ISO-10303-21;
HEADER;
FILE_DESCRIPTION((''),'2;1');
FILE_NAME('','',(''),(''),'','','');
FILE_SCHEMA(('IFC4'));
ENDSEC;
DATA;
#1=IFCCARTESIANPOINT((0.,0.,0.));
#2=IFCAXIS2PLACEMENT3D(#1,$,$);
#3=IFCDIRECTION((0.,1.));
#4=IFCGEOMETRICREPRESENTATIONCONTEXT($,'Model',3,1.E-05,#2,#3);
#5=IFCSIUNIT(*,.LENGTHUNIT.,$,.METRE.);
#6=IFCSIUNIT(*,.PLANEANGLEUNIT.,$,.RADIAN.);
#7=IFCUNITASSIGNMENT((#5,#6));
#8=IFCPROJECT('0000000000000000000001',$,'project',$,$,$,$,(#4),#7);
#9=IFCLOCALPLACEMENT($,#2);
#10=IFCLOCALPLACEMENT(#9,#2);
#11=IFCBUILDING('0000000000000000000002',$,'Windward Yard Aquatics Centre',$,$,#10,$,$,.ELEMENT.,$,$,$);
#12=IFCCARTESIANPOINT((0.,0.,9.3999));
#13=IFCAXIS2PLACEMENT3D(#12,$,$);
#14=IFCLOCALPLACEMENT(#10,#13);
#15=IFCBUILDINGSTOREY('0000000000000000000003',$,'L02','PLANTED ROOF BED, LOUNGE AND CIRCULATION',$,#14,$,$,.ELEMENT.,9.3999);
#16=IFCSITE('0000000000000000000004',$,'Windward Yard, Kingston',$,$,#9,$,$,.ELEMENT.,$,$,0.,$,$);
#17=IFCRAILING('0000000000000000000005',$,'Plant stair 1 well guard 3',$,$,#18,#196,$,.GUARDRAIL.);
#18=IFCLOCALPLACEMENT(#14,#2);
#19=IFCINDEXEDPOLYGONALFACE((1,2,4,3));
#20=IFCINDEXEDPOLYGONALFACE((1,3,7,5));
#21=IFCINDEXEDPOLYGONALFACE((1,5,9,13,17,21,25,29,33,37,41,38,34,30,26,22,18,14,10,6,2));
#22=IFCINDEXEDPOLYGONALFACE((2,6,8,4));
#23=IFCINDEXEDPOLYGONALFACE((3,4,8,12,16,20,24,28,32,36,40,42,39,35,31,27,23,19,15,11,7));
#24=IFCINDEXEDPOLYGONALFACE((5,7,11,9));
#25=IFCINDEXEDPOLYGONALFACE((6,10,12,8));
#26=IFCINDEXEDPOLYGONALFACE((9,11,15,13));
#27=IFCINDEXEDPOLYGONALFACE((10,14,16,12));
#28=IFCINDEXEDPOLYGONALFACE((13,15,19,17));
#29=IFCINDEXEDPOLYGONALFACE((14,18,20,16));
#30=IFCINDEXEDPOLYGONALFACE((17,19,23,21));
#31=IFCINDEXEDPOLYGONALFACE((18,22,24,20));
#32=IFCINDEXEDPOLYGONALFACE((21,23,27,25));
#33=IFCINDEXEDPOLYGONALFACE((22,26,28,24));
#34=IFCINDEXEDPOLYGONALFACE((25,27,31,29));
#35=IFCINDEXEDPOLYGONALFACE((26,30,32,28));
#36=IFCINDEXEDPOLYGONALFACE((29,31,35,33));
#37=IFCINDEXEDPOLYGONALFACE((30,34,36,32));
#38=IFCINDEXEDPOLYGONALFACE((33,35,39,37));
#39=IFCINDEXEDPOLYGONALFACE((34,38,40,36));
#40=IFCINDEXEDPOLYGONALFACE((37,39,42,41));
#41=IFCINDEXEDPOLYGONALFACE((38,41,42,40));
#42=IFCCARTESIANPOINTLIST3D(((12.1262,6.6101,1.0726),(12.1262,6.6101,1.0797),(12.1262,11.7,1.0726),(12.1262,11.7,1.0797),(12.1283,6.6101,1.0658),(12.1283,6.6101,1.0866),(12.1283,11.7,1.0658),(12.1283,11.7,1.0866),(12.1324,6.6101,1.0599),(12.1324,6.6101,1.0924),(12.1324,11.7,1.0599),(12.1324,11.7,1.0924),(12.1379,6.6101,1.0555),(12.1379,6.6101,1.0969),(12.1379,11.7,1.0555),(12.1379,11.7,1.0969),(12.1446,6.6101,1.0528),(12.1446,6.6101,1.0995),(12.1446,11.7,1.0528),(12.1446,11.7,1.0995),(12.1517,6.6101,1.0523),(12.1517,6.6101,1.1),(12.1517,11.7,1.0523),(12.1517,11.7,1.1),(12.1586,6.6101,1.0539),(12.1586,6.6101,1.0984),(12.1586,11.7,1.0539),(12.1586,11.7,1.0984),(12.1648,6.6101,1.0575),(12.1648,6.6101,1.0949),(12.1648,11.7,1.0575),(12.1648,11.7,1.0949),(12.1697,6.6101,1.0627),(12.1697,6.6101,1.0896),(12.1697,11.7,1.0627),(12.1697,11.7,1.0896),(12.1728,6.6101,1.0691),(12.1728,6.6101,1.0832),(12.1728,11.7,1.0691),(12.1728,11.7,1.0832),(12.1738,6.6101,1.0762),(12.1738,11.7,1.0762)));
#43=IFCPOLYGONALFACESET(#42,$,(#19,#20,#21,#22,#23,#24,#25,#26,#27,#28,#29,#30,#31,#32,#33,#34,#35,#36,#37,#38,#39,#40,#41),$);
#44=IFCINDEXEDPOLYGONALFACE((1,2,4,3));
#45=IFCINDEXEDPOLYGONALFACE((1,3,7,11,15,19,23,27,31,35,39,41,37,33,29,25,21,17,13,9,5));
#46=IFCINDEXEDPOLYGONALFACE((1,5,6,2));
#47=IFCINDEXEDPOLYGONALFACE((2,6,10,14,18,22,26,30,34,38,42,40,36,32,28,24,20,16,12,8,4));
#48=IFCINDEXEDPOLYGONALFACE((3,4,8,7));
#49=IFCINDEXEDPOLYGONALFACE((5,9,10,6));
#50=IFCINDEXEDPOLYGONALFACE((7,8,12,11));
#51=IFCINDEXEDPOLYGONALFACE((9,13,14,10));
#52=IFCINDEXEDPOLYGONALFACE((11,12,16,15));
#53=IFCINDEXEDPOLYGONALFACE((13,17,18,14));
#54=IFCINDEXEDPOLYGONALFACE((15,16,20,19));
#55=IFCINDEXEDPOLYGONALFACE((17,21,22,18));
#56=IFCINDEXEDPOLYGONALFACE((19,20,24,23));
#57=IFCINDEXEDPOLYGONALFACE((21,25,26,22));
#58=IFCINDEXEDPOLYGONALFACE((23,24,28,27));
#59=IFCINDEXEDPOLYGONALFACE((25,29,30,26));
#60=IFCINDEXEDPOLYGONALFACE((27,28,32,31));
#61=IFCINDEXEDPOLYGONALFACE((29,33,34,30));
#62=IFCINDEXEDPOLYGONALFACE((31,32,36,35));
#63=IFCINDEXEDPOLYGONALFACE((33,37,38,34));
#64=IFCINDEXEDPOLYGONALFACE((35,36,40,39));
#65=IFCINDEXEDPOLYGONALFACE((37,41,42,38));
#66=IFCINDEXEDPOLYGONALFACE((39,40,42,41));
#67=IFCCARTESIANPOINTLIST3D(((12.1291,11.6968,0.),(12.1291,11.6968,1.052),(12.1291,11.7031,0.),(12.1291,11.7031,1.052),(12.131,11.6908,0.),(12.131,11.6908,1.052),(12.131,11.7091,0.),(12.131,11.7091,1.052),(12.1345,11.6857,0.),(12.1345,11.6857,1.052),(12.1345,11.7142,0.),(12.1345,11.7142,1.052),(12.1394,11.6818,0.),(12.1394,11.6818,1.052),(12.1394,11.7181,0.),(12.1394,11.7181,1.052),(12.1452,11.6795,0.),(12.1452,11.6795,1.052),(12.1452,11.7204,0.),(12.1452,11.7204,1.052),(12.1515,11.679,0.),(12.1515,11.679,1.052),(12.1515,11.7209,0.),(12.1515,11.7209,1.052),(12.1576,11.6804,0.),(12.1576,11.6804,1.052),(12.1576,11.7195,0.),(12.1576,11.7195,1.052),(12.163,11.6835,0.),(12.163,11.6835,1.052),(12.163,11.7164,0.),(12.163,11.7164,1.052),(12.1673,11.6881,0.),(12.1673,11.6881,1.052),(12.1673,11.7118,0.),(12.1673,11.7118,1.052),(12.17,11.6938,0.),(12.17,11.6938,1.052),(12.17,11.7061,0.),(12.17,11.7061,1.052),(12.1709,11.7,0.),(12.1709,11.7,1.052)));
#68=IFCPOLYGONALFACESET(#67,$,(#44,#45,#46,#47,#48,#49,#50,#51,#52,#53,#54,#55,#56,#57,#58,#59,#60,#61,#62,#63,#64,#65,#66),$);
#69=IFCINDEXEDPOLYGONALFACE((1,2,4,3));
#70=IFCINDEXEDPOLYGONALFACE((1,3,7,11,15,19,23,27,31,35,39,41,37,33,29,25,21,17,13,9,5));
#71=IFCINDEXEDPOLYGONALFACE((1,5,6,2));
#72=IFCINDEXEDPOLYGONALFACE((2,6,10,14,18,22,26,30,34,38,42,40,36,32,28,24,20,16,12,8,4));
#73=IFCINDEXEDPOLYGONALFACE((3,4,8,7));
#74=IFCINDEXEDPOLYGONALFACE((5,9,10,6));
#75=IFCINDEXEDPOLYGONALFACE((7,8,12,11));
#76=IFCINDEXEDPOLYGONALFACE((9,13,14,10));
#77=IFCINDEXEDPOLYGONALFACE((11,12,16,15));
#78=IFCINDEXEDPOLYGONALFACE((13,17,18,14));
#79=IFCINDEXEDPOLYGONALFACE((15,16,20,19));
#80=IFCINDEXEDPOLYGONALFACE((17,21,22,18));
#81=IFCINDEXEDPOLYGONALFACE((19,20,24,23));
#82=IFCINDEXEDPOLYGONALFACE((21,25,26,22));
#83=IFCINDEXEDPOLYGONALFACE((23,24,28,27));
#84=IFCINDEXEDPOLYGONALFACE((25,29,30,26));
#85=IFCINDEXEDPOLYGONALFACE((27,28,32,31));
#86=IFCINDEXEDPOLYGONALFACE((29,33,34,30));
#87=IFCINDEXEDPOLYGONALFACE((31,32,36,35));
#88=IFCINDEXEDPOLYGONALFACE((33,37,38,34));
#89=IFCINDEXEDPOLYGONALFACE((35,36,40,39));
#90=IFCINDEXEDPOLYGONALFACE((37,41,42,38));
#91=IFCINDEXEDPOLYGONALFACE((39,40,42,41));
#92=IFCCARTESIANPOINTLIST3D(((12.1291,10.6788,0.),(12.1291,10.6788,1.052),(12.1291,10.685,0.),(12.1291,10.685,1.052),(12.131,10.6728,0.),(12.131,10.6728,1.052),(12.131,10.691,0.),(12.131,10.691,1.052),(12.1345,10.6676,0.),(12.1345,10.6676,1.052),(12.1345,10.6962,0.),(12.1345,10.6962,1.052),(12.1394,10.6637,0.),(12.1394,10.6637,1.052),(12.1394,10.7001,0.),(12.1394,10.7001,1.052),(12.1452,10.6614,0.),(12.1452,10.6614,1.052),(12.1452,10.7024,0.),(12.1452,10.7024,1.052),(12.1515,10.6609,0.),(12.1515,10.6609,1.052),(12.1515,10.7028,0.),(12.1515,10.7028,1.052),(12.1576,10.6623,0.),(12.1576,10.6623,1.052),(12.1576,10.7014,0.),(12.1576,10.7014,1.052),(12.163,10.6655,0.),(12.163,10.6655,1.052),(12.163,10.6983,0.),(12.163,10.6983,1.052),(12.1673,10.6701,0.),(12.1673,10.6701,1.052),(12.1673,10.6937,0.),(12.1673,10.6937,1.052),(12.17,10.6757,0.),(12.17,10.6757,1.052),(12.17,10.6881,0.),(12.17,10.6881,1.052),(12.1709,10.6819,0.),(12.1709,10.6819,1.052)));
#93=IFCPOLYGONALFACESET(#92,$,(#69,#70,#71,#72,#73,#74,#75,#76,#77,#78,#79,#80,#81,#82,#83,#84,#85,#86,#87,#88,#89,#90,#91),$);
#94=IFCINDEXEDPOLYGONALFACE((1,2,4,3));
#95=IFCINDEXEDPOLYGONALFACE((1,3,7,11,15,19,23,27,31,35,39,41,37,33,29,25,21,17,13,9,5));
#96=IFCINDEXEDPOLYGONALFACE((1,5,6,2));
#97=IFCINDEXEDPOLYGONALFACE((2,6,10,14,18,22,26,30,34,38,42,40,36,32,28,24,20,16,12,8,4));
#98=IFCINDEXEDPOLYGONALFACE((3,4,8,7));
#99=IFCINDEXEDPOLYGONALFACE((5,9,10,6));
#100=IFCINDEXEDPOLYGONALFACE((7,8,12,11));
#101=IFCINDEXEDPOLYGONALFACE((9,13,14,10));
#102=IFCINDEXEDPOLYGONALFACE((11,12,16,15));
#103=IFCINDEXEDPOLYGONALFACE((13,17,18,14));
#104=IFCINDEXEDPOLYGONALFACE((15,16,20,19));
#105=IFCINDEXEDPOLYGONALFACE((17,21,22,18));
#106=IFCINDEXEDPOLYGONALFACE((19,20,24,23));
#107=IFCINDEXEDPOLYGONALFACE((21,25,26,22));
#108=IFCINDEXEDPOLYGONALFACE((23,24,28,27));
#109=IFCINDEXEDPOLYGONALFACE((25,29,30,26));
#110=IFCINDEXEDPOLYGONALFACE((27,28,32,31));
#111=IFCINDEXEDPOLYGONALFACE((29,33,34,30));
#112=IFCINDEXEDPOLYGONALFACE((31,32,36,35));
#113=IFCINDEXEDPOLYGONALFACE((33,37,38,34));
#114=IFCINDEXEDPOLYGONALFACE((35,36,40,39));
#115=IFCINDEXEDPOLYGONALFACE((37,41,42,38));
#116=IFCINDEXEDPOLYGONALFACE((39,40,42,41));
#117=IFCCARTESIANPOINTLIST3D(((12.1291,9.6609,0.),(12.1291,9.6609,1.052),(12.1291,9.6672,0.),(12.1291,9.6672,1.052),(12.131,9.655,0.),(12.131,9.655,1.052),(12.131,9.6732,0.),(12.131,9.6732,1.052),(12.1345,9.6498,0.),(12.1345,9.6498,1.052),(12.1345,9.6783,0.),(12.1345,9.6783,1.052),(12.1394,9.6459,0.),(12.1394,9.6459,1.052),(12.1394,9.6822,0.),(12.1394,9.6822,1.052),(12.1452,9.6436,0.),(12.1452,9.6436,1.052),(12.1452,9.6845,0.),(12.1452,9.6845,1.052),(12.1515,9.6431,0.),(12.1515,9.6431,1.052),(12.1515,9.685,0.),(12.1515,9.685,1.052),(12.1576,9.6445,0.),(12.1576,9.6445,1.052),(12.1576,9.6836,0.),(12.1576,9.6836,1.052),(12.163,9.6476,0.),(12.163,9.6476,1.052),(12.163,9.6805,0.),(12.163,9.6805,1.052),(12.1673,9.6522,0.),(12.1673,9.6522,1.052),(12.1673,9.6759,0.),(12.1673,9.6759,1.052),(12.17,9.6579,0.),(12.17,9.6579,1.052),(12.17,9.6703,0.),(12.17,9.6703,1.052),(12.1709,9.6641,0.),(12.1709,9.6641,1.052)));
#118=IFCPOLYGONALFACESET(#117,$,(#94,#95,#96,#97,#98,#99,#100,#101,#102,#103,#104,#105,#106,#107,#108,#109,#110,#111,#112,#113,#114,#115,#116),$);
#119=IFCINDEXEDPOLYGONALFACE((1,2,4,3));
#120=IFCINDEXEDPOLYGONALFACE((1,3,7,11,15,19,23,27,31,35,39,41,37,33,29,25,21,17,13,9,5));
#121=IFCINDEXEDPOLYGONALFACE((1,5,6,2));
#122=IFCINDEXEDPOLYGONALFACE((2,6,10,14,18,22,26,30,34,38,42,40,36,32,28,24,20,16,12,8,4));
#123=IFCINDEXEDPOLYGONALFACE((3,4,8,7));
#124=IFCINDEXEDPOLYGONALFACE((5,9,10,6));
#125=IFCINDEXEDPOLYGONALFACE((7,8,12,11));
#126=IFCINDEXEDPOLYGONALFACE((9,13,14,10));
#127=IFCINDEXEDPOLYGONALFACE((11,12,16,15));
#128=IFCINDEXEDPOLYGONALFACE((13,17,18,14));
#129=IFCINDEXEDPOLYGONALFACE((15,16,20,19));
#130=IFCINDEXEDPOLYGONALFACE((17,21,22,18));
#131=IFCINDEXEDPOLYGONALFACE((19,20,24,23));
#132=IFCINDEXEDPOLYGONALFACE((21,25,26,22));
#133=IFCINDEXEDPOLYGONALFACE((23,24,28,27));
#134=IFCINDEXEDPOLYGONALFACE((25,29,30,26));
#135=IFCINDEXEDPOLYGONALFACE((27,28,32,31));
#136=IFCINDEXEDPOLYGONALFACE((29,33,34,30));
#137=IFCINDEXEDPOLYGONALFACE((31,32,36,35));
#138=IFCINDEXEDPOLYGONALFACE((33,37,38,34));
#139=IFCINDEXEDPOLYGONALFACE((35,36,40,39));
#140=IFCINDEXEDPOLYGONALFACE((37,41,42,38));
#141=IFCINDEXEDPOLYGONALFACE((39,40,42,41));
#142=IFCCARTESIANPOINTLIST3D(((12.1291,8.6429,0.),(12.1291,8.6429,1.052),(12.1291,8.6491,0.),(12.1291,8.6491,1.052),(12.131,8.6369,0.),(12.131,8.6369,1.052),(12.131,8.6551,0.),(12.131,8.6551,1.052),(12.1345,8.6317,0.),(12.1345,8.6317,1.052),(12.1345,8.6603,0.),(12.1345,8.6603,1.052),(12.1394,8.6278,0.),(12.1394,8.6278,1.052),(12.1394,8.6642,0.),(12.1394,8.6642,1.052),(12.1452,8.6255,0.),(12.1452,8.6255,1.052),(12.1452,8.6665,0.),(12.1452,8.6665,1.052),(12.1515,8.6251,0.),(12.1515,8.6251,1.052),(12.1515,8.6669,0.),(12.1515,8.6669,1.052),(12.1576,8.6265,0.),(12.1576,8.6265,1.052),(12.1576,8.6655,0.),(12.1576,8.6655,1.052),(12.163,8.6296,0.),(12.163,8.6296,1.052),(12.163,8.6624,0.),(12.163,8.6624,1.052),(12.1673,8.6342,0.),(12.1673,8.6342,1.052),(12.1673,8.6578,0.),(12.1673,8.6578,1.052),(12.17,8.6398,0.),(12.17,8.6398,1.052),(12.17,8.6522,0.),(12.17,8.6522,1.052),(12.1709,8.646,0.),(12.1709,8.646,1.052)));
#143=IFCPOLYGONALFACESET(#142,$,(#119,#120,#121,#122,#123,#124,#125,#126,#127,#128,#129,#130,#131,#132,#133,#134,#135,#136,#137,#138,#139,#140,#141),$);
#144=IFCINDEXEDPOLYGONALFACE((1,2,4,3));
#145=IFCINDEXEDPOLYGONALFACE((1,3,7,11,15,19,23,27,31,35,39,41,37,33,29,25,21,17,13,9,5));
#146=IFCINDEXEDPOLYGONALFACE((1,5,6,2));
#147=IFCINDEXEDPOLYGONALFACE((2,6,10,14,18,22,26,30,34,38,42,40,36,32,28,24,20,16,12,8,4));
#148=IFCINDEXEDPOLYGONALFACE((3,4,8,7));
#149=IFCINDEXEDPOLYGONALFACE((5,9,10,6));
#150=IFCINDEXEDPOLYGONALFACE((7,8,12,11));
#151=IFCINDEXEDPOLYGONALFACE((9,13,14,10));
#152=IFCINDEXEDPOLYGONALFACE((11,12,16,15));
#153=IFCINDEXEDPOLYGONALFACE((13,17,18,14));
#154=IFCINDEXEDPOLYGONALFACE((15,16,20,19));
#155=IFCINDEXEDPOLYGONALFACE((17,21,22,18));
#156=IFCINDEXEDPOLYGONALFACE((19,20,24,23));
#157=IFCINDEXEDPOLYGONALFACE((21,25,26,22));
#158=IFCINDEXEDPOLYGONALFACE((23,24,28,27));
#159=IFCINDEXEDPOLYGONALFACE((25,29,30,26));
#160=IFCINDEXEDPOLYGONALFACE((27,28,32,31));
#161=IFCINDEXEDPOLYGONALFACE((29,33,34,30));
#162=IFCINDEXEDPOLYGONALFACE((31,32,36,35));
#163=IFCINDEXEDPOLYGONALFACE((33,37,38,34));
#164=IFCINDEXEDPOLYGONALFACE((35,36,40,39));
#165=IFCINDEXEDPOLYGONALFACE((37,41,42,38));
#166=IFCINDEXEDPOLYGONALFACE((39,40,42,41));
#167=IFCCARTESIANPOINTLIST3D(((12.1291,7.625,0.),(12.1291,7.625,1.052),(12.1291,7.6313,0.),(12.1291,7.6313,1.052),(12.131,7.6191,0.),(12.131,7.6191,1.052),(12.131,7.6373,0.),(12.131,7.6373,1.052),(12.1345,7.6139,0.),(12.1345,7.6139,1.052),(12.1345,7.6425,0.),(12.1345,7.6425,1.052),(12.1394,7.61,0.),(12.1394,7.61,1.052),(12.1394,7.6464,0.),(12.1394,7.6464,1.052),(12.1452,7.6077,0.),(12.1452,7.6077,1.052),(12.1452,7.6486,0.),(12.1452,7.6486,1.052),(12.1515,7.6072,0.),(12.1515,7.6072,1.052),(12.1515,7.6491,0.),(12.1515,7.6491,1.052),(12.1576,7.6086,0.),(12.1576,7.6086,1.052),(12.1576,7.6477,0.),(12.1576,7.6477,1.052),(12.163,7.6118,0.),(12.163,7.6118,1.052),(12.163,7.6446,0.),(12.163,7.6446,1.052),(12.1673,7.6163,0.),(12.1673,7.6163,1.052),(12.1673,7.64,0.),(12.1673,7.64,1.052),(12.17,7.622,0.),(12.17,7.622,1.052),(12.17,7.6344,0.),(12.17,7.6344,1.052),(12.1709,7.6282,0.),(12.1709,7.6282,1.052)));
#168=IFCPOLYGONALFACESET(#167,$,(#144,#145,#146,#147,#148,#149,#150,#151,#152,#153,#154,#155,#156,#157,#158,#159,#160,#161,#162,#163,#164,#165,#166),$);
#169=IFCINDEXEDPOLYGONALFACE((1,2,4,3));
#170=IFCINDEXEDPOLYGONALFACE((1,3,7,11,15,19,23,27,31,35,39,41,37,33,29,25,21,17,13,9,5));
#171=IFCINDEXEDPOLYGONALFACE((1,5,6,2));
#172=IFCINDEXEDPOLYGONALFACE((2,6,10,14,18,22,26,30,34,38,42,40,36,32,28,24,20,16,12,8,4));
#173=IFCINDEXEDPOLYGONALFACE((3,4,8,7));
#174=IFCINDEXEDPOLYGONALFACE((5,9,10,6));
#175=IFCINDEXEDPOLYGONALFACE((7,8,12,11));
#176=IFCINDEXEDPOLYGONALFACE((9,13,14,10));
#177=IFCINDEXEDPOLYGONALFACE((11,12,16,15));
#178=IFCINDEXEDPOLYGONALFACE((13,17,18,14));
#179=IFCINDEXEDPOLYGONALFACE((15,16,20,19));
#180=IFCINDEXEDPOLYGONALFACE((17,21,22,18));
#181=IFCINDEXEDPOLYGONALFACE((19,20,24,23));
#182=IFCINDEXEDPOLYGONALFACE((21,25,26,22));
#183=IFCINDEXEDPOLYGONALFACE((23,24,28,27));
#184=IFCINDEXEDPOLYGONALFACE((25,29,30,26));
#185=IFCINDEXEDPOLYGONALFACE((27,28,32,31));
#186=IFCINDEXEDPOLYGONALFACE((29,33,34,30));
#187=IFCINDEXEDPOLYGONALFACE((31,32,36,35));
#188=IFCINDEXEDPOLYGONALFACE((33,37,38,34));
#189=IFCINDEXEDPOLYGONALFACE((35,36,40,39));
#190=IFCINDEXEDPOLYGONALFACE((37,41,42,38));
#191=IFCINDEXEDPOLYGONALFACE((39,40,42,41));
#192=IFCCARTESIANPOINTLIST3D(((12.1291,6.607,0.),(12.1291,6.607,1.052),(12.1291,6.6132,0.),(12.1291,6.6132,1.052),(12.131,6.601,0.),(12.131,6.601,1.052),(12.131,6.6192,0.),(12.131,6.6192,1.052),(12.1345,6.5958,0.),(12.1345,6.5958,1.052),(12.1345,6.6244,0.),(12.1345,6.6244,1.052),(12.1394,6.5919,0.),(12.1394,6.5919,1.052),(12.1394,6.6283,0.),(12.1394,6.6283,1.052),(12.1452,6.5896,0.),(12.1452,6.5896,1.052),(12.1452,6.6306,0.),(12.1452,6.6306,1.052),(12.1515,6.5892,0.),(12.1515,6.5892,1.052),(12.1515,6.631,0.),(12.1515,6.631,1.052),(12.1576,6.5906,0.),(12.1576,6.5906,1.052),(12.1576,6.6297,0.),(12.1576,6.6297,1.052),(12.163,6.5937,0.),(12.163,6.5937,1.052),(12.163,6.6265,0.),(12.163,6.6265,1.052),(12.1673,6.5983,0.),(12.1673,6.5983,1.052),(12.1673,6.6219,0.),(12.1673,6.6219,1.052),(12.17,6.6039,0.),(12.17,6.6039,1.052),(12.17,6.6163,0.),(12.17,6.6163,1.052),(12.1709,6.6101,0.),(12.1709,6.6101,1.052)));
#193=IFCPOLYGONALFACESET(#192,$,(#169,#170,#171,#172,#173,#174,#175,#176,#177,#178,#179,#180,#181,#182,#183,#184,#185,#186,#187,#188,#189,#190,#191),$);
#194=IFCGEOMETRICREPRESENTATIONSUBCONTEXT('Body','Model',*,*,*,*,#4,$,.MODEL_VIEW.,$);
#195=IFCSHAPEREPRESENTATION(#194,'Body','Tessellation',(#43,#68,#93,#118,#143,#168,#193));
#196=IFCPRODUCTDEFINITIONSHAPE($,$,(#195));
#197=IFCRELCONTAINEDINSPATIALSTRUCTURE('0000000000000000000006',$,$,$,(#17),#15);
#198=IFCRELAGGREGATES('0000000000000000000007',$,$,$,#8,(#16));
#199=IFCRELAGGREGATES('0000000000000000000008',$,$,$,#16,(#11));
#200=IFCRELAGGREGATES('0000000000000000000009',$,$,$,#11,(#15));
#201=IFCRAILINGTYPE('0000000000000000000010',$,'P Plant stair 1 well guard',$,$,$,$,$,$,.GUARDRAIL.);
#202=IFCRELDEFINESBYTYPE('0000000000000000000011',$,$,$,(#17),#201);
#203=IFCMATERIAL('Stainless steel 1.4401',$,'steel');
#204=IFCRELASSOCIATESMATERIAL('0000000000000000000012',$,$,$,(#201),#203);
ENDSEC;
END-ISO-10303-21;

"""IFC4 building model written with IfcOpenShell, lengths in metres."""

from ifc_helpers import new_model, si_unit, direction, frame, origin, origin_2d, place, context, subcontext, project, spatial, circle, extrude, material, type_object, element, save


model = new_model("IFC4")

# Units and contexts
model_context = context("Model", 3, precision=1e-05, world=origin(), true_north=direction((0.0, 1.0)))
body_context = subcontext(model_context, "Body", "Model", "MODEL_VIEW")
ifc_project = project(units=[si_unit("LENGTHUNIT", "METRE"), si_unit("PLANEANGLEUNIT", "RADIAN")], contexts=[model_context])

# Site, building, storey
site_placement = place(None, origin())
site = spatial("IfcSite", under=ifc_project, at=site_placement, Name="Windward Yard, Kingston", CompositionType="ELEMENT", RefElevation=0.0)
building_placement = place(site_placement, origin())
building = spatial("IfcBuilding", under=site, at=building_placement, Name="Windward Yard Aquatics Centre", CompositionType="ELEMENT")
storey_placement = place(building_placement, frame((0.0, 0.0, 9.3999)))
storey = spatial("IfcBuildingStorey", under=building, at=storey_placement, Name="L02", Description="PLANTED ROOF BED, LOUNGE AND CIRCULATION", CompositionType="ELEMENT", Elevation=9.3999)

# Railing
ifc_material_1 = material(Name="Stainless steel 1.4401", Category="steel")
railing_type_1 = type_object("IfcRailingType", Name="P Plant stair 1 well guard", PredefinedType="GUARDRAIL", material=ifc_material_1)
railing_1_placement = place(storey_placement, frame((12.1499, 11.7, 0.0)))
element("IfcRailing", 1, at=railing_1_placement, inside=storey, type_object=railing_type_1, Name="Plant stair 1 well guard 3", PredefinedType="GUARDRAIL", context=body_context, shape_type="SweptSolid", body=[
    extrude(circle(Radius=0.0239, at=origin_2d()), frame((0.0, 0.0, 1.0762), z_axis=(0.0, -1.0, 0.0), x_axis=(1.0, 0.0, 0.0)), (0.0, 0.0, 1.0), 5.0898),
    extrude(circle(Radius=0.021, at=origin_2d()), origin(), (0.0, 0.0, 1.0), 1.052),
    extrude(circle(Radius=0.021, at=origin_2d()), frame((0.0, -1.0181, 0.0)), (0.0, 0.0, 1.0), 1.052),
    extrude(circle(Radius=0.021, at=origin_2d()), frame((0.0, -2.0359, 0.0)), (0.0, 0.0, 1.0), 1.052),
    extrude(circle(Radius=0.021, at=origin_2d()), frame((0.0, -3.054, 0.0)), (0.0, 0.0, 1.0), 1.052),
    extrude(circle(Radius=0.021, at=origin_2d()), frame((0.0, -4.0718, 0.0)), (0.0, 0.0, 1.0), 1.052),
    extrude(circle(Radius=0.021, at=origin_2d()), frame((0.0, -5.0898, 0.0)), (0.0, 0.0, 1.0), 1.052),
])

save(model, "model.ifc")
